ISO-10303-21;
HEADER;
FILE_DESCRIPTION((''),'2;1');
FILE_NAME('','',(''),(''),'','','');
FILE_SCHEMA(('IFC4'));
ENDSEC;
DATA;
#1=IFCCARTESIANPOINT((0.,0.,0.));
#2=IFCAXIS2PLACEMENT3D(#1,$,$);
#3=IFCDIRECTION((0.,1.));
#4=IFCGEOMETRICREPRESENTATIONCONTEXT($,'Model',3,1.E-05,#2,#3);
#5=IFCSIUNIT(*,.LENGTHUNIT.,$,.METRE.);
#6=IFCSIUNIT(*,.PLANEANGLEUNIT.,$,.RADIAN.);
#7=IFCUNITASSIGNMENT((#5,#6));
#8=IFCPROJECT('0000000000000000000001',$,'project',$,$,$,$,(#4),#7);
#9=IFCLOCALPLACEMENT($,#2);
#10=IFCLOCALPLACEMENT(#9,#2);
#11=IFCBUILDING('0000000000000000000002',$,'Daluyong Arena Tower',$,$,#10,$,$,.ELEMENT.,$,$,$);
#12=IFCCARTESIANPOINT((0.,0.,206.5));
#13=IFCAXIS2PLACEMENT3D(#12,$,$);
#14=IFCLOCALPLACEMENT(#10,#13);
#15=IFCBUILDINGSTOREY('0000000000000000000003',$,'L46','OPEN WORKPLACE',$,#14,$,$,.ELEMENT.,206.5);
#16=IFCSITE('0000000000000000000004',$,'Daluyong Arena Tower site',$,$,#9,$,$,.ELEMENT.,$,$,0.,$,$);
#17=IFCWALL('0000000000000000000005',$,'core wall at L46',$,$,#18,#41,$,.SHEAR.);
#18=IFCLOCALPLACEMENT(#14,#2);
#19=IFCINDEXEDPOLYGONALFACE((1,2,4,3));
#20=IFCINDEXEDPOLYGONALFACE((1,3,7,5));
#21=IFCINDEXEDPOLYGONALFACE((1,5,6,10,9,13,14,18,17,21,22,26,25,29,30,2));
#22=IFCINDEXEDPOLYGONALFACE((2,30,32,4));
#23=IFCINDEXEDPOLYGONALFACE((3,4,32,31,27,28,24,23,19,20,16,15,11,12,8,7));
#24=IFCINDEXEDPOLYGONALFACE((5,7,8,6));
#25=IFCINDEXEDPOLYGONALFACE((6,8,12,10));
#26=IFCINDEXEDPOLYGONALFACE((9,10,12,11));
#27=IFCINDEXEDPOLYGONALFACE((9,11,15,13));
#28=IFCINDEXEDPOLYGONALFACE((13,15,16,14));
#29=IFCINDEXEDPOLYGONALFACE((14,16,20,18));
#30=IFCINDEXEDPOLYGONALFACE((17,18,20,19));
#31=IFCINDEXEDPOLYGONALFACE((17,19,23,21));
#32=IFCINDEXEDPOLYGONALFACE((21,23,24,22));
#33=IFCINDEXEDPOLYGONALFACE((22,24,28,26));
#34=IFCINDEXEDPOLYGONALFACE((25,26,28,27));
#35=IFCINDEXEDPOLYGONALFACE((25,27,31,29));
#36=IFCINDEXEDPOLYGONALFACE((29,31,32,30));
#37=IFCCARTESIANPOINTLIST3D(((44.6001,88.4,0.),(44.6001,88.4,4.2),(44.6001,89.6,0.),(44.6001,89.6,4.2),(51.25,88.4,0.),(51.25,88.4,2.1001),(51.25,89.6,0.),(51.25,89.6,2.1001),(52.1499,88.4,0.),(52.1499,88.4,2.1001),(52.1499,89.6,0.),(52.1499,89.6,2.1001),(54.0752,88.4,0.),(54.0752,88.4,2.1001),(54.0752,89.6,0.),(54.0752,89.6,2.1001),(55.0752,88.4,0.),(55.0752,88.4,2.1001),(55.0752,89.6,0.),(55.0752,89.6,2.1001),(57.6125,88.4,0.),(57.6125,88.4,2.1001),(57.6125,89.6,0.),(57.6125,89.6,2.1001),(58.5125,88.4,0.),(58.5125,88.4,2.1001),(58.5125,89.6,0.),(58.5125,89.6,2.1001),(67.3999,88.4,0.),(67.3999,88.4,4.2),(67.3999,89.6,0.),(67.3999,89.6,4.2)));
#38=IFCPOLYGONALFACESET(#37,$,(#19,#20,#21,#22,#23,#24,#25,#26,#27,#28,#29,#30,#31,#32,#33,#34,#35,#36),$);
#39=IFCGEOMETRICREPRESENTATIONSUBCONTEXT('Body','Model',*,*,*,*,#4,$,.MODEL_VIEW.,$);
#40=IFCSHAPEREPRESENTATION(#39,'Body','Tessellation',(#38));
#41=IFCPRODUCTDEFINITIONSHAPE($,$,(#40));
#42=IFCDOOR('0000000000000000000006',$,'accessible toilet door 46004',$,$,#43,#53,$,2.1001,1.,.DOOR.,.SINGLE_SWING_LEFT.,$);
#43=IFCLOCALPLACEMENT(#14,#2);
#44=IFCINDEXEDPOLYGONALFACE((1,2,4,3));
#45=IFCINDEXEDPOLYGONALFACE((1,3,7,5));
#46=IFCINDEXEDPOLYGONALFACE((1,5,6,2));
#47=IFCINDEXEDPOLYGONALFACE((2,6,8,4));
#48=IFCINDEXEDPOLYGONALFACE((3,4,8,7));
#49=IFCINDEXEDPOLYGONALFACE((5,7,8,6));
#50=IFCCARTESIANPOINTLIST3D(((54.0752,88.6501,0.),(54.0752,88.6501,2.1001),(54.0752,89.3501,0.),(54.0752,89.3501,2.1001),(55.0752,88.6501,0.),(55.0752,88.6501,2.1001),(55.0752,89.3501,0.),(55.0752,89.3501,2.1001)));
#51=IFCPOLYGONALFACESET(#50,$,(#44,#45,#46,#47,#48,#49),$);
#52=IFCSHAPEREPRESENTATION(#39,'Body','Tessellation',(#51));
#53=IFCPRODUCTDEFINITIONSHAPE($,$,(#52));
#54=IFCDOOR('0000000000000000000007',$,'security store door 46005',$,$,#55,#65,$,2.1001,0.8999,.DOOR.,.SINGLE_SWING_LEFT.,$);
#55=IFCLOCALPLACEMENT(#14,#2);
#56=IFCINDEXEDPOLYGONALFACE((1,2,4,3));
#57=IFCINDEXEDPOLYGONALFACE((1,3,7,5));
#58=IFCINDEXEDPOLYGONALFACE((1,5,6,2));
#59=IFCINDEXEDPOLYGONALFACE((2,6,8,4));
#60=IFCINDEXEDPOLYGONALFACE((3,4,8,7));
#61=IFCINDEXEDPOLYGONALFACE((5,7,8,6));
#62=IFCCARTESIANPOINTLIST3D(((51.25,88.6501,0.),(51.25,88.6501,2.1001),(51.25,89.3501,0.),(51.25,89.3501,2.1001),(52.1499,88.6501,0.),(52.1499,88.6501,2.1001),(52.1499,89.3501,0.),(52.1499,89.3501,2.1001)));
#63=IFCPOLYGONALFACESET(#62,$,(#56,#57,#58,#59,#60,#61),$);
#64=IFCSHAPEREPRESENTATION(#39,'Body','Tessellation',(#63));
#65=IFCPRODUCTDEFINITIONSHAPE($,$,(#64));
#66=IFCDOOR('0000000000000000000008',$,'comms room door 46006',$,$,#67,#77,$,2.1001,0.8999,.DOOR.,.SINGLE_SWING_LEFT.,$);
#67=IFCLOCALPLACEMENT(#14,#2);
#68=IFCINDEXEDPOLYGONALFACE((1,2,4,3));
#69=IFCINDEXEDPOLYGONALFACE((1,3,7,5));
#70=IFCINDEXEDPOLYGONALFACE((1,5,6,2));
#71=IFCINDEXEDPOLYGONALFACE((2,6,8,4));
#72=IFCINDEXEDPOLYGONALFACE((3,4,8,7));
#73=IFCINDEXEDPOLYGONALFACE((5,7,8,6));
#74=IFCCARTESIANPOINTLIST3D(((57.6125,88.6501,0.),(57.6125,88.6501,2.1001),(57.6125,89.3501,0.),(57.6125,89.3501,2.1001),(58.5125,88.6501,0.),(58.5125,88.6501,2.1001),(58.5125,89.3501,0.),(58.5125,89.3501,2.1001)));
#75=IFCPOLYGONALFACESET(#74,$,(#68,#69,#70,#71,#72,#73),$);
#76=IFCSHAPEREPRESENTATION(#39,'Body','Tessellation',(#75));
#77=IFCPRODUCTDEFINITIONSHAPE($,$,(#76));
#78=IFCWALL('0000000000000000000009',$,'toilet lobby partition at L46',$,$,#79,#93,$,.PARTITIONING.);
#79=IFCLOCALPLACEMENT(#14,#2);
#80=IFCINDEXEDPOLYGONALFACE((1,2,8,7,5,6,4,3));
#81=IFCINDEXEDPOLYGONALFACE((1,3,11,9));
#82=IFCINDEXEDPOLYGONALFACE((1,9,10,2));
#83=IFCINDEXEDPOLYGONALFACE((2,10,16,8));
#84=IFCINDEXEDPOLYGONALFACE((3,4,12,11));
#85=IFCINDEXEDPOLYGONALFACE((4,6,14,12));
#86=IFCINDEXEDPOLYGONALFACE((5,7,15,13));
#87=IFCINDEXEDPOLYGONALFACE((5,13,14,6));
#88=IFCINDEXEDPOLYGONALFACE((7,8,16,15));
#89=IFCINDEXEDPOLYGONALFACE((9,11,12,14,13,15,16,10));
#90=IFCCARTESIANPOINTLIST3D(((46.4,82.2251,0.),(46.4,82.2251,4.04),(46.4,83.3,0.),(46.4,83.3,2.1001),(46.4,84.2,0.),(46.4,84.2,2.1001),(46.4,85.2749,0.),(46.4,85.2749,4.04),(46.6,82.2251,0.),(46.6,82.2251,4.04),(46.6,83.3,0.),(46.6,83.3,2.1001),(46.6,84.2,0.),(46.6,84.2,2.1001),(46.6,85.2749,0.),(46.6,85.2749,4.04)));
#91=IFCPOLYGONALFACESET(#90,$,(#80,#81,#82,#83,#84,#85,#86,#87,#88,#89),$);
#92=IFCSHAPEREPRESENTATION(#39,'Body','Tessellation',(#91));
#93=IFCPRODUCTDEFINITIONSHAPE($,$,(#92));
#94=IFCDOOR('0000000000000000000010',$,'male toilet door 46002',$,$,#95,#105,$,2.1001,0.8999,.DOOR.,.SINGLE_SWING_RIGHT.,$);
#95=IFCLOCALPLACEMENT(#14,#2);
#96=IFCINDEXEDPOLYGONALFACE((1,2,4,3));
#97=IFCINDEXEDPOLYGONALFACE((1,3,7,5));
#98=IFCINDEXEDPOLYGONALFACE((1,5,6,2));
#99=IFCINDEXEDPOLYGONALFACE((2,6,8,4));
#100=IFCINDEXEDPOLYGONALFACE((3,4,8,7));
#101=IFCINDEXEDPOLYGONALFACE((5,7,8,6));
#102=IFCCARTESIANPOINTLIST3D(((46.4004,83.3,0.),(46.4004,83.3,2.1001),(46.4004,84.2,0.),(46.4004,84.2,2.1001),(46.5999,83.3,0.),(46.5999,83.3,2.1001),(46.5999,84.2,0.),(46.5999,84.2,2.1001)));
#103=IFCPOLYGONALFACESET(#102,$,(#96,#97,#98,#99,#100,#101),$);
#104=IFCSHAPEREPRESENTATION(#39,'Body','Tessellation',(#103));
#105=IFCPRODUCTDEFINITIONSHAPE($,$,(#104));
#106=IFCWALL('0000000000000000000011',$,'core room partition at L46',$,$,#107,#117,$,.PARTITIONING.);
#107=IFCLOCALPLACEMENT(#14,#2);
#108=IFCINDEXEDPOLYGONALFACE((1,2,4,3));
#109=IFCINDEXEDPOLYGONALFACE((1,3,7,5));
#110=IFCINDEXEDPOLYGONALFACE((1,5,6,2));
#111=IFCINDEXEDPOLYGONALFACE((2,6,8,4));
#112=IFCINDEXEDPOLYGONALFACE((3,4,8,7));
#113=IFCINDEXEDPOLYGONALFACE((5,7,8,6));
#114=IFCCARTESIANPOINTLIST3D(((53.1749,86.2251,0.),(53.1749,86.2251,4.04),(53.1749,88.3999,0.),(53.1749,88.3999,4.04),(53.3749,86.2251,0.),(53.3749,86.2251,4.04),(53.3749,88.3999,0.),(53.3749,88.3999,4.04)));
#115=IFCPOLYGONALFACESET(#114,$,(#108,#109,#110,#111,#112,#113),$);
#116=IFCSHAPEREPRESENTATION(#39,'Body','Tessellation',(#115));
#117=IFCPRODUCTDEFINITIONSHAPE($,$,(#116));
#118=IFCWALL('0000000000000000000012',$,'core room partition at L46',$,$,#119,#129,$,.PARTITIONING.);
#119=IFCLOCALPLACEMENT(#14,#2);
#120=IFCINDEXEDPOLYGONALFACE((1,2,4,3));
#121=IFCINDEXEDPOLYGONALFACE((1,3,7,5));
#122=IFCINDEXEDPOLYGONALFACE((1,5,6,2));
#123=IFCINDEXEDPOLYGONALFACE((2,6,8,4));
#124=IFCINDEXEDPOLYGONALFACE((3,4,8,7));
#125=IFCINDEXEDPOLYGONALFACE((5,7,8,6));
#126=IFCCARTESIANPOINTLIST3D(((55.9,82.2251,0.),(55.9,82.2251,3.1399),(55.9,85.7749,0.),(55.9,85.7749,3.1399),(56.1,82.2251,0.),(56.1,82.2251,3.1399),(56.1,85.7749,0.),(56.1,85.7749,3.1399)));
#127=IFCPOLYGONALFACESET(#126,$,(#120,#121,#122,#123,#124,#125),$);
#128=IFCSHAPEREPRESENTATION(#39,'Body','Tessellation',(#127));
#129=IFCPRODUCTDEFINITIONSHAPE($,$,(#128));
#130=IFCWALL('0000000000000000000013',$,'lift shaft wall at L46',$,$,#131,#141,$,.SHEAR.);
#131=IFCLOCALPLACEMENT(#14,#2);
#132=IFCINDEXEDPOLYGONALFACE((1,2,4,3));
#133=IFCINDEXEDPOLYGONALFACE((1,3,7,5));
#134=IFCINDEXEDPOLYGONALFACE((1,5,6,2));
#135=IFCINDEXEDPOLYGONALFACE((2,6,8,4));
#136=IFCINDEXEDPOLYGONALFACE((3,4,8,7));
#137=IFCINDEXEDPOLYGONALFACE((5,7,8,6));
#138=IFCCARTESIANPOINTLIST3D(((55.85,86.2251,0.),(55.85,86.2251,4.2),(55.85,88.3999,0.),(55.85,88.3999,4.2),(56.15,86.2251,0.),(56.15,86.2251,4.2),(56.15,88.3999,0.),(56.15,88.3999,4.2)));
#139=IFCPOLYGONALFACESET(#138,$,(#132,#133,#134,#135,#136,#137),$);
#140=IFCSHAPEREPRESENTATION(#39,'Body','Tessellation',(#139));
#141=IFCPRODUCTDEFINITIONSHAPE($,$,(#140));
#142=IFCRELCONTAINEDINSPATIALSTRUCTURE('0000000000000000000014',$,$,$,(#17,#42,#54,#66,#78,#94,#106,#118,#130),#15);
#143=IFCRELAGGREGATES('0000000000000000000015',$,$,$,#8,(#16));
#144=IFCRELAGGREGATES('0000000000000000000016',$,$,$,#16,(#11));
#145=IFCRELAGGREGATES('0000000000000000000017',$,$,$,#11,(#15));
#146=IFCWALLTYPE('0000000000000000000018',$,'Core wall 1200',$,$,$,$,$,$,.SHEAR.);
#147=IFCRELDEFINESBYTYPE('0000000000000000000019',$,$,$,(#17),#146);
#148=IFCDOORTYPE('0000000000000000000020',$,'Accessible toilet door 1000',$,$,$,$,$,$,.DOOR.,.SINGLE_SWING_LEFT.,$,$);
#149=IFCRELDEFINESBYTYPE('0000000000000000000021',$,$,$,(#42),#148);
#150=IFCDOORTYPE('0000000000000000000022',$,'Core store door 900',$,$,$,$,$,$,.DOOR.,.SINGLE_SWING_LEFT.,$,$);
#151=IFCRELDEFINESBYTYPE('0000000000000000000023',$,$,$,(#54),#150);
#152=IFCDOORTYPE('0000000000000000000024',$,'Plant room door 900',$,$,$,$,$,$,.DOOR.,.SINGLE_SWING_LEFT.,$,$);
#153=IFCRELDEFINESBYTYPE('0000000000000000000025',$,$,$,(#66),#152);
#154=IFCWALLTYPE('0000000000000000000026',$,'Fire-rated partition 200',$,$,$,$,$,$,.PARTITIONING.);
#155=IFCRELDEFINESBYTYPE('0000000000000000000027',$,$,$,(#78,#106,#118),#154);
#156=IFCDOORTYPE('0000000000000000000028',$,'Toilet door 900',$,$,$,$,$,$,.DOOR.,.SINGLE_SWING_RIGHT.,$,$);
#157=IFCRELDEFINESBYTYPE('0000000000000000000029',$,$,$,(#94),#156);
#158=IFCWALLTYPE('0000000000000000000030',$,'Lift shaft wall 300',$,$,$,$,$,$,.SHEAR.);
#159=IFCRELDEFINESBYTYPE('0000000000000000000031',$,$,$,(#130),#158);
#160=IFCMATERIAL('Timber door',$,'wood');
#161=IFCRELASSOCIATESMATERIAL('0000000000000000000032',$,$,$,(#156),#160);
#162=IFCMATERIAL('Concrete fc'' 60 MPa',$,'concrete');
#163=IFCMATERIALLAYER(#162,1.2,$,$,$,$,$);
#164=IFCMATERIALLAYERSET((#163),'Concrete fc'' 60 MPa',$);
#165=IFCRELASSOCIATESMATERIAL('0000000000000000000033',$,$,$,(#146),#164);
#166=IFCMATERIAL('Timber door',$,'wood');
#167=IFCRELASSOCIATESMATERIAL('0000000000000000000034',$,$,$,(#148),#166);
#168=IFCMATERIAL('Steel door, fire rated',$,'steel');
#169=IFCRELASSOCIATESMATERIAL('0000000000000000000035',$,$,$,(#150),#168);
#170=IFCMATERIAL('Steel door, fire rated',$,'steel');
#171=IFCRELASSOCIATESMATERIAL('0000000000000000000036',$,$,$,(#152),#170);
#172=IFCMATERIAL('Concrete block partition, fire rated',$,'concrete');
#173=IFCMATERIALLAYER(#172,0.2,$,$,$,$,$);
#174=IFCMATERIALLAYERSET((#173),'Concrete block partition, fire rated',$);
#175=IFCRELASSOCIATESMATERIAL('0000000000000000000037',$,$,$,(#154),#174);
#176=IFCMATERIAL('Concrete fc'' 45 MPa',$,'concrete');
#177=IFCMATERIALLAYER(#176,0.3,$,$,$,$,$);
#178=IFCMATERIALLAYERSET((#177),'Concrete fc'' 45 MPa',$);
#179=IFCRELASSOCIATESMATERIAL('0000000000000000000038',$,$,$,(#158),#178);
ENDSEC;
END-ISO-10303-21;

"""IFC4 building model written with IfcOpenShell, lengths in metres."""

from ifc_helpers import new_model, si_unit, direction, frame, frame_2d, origin, place, context, subcontext, project, spatial, rectangle, extrude, material, layer, layer_set, type_object, element, fill, save


model = new_model("IFC4")

# Units and contexts
model_context = context("Model", 3, precision=1e-05, world=origin(), true_north=direction((0.0, 1.0)))
body_context = subcontext(model_context, "Body", "Model", "MODEL_VIEW")
ifc_project = project(units=[si_unit("LENGTHUNIT", "METRE"), si_unit("PLANEANGLEUNIT", "RADIAN")], contexts=[model_context])

# Site, building, storey
site_placement = place(None, origin())
site = spatial("IfcSite", under=ifc_project, at=site_placement, Name="Daluyong Arena Tower site", CompositionType="ELEMENT", RefElevation=0.0)
building_placement = place(site_placement, origin())
building = spatial("IfcBuilding", under=site, at=building_placement, Name="Daluyong Arena Tower", CompositionType="ELEMENT")
storey_placement = place(building_placement, frame((0.0, 0.0, 206.5)))
storey = spatial("IfcBuildingStorey", under=building, at=storey_placement, Name="L46", Description="OPEN WORKPLACE", CompositionType="ELEMENT", Elevation=206.5)

# Shared definitions
ifc_material_1 = material(Name="Timber door", Category="wood")
door_type_1 = type_object("IfcDoorType", Name="Toilet door 900", OperationType="SINGLE_SWING_RIGHT", PredefinedType="DOOR", material=ifc_material_1)

# Wall, openings, doors
ifc_material_2 = material(Name="Concrete fc' 60 MPa", Category="concrete")
ifc_layer_1 = layer(ifc_material_2, 1.2)
ifc_layer_set_1 = layer_set([ifc_layer_1], Name="Concrete fc' 60 MPa")
wall_type_1 = type_object("IfcWallType", Name="Core wall 1200", PredefinedType="SHEAR", material=ifc_layer_set_1)
wall_1_placement = place(storey_placement, frame((44.6001, 89.0, 0.0), z_axis=(0.0, 0.0, 1.0), x_axis=(1.0, 0.0, 0.0)))
wall_1 = element("IfcWall", 1, at=wall_1_placement, inside=storey, type_object=wall_type_1, Name="core wall at L46", PredefinedType="SHEAR", context=body_context, shape_type="SweptSolid", body=[
    extrude(rectangle(XDim=22.7998, YDim=1.2, at=frame_2d((11.3999, 0.0))), origin(), (0.0, 0.0, 1.0), 4.2),
])
opening_1_placement = place(wall_1_placement, frame((9.4751, 0.0, 0.0)))
opening_1 = element("IfcOpeningElement", 2, at=opening_1_placement, cuts=wall_1, PredefinedType="OPENING", context=body_context, shape_type="SweptSolid", body=[
    extrude(rectangle(XDim=1.0, YDim=2.1001, at=frame_2d((0.5, 1.05))), frame((0.0, 0.6099, 0.0), z_axis=(0.0, -1.0, 0.0), x_axis=(1.0, 0.0, 0.0)), (0.0, 0.0, 1.0), 1.22),
])
opening_2_placement = place(wall_1_placement, frame((6.6499, 0.0, 0.0)))
opening_2 = element("IfcOpeningElement", 3, at=opening_2_placement, cuts=wall_1, PredefinedType="OPENING", context=body_context, shape_type="SweptSolid", body=[
    extrude(rectangle(XDim=0.8999, YDim=2.1001, at=frame_2d((0.45, 1.05))), frame((0.0, 0.6099, 0.0), z_axis=(0.0, -1.0, 0.0), x_axis=(1.0, 0.0, 0.0)), (0.0, 0.0, 1.0), 1.22),
])
opening_3_placement = place(wall_1_placement, frame((13.0125, 0.0, 0.0)))
opening_3 = element("IfcOpeningElement", 4, at=opening_3_placement, cuts=wall_1, PredefinedType="OPENING", context=body_context, shape_type="SweptSolid", body=[
    extrude(rectangle(XDim=0.8999, YDim=2.1001, at=frame_2d((0.45, 1.05))), frame((0.0, 0.6099, 0.0), z_axis=(0.0, -1.0, 0.0), x_axis=(1.0, 0.0, 0.0)), (0.0, 0.0, 1.0), 1.22),
])
ifc_material_3 = material(Name="Timber door", Category="wood")
door_type_2 = type_object("IfcDoorType", Name="Accessible toilet door 1000", OperationType="SINGLE_SWING_LEFT", PredefinedType="DOOR", material=ifc_material_3)
door_1_placement = place(opening_1_placement, origin())
door_1 = element("IfcDoor", 5, at=door_1_placement, inside=storey, type_object=door_type_2, Name="accessible toilet door 46004", OperationType="SINGLE_SWING_LEFT", OverallHeight=2.1001, OverallWidth=1.0, PredefinedType="DOOR", context=body_context, shape_type="SweptSolid", body=[
    extrude(rectangle(XDim=1.0, YDim=2.1001, at=frame_2d((0.5, 1.05))), frame((0.0, 0.3501, 0.0), z_axis=(0.0, -1.0, 0.0), x_axis=(1.0, 0.0, 0.0)), (0.0, 0.0, 1.0), 0.7),
])
fill(opening_1, door_1)
ifc_material_4 = material(Name="Steel door, fire rated", Category="steel")
door_type_3 = type_object("IfcDoorType", Name="Core store door 900", OperationType="SINGLE_SWING_LEFT", PredefinedType="DOOR", material=ifc_material_4)
door_2_placement = place(opening_2_placement, origin())
door_2 = element("IfcDoor", 6, at=door_2_placement, inside=storey, type_object=door_type_3, Name="security store door 46005", OperationType="SINGLE_SWING_LEFT", OverallHeight=2.1001, OverallWidth=0.8999, PredefinedType="DOOR", context=body_context, shape_type="SweptSolid", body=[
    extrude(rectangle(XDim=0.8999, YDim=2.1001, at=frame_2d((0.45, 1.05))), frame((0.0, 0.3501, 0.0), z_axis=(0.0, -1.0, 0.0), x_axis=(1.0, 0.0, 0.0)), (0.0, 0.0, 1.0), 0.7),
])
fill(opening_2, door_2)
ifc_material_5 = material(Name="Steel door, fire rated", Category="steel")
door_type_4 = type_object("IfcDoorType", Name="Plant room door 900", OperationType="SINGLE_SWING_LEFT", PredefinedType="DOOR", material=ifc_material_5)
door_3_placement = place(opening_3_placement, origin())
door_3 = element("IfcDoor", 7, at=door_3_placement, inside=storey, type_object=door_type_4, Name="comms room door 46006", OperationType="SINGLE_SWING_LEFT", OverallHeight=2.1001, OverallWidth=0.8999, PredefinedType="DOOR", context=body_context, shape_type="SweptSolid", body=[
    extrude(rectangle(XDim=0.8999, YDim=2.1001, at=frame_2d((0.45, 1.05))), frame((0.0, 0.3501, 0.0), z_axis=(0.0, -1.0, 0.0), x_axis=(1.0, 0.0, 0.0)), (0.0, 0.0, 1.0), 0.7),
])
fill(opening_3, door_3)

# Wall, opening, door
ifc_material_6 = material(Name="Concrete block partition, fire rated", Category="concrete")
ifc_layer_2 = layer(ifc_material_6, 0.2)
ifc_layer_set_2 = layer_set([ifc_layer_2], Name="Concrete block partition, fire rated")
wall_type_2 = type_object("IfcWallType", Name="Fire-rated partition 200", PredefinedType="PARTITIONING", material=ifc_layer_set_2)
wall_2_placement = place(storey_placement, frame((46.5, 82.2251, 0.0), z_axis=(0.0, 0.0, 1.0), x_axis=(0.0, 1.0, 0.0)))
wall_2 = element("IfcWall", 8, at=wall_2_placement, inside=storey, type_object=wall_type_2, Name="toilet lobby partition at L46", PredefinedType="PARTITIONING", context=body_context, shape_type="SweptSolid", body=[
    extrude(rectangle(XDim=3.0498, YDim=0.2, at=frame_2d((1.5249, 0.0))), origin(), (0.0, 0.0, 1.0), 4.04),
])
opening_4_placement = place(wall_2_placement, frame((1.075, 0.0, 0.0)))
opening_4 = element("IfcOpeningElement", 9, at=opening_4_placement, cuts=wall_2, PredefinedType="OPENING", context=body_context, shape_type="SweptSolid", body=[
    extrude(rectangle(XDim=0.8999, YDim=2.1001, at=frame_2d((0.45, 1.05))), frame((0.0, 0.1099, 0.0), z_axis=(0.0, -1.0, 0.0), x_axis=(1.0, 0.0, 0.0)), (0.0, 0.0, 1.0), 0.22),
])
door_4_placement = place(opening_4_placement, origin())
door_4 = element("IfcDoor", 10, at=door_4_placement, inside=storey, type_object=door_type_1, Name="male toilet door 46002", OperationType="SINGLE_SWING_RIGHT", OverallHeight=2.1001, OverallWidth=0.8999, PredefinedType="DOOR", context=body_context, shape_type="SweptSolid", body=[
    extrude(rectangle(XDim=0.8999, YDim=2.1001, at=frame_2d((0.45, 1.05))), frame((0.0, 0.0996, 0.0), z_axis=(0.0, -1.0, 0.0), x_axis=(1.0, 0.0, 0.0)), (0.0, 0.0, 1.0), 0.1995),
])
fill(opening_4, door_4)

# Walls
wall_3_placement = place(storey_placement, frame((53.2749, 86.2251, 0.0), z_axis=(0.0, 0.0, 1.0), x_axis=(0.0, 1.0, 0.0)))
element("IfcWall", 11, at=wall_3_placement, inside=storey, type_object=wall_type_2, Name="core room partition at L46", PredefinedType="PARTITIONING", context=body_context, shape_type="SweptSolid", body=[
    extrude(rectangle(XDim=2.1748, YDim=0.2, at=frame_2d((1.0874, 0.0))), origin(), (0.0, 0.0, 1.0), 4.04),
])
wall_4_placement = place(storey_placement, frame((56.0, 82.2251, 0.0), z_axis=(0.0, 0.0, 1.0), x_axis=(0.0, 1.0, 0.0)))
element("IfcWall", 12, at=wall_4_placement, inside=storey, type_object=wall_type_2, Name="core room partition at L46", PredefinedType="PARTITIONING", context=body_context, shape_type="SweptSolid", body=[
    extrude(rectangle(XDim=3.5498, YDim=0.2, at=frame_2d((1.7749, 0.0))), origin(), (0.0, 0.0, 1.0), 3.1399),
])
ifc_material_7 = material(Name="Concrete fc' 45 MPa", Category="concrete")
ifc_layer_3 = layer(ifc_material_7, 0.3)
ifc_layer_set_3 = layer_set([ifc_layer_3], Name="Concrete fc' 45 MPa")
wall_type_3 = type_object("IfcWallType", Name="Lift shaft wall 300", PredefinedType="SHEAR", material=ifc_layer_set_3)
wall_5_placement = place(storey_placement, frame((56.0, 86.2251, 0.0), z_axis=(0.0, 0.0, 1.0), x_axis=(0.0, 1.0, 0.0)))
element("IfcWall", 13, at=wall_5_placement, inside=storey, type_object=wall_type_3, Name="lift shaft wall at L46", PredefinedType="SHEAR", context=body_context, shape_type="SweptSolid", body=[
    extrude(rectangle(XDim=2.1748, YDim=0.3, at=frame_2d((1.0874, 0.0))), origin(), (0.0, 0.0, 1.0), 4.2),
])

save(model, "model.ifc")
